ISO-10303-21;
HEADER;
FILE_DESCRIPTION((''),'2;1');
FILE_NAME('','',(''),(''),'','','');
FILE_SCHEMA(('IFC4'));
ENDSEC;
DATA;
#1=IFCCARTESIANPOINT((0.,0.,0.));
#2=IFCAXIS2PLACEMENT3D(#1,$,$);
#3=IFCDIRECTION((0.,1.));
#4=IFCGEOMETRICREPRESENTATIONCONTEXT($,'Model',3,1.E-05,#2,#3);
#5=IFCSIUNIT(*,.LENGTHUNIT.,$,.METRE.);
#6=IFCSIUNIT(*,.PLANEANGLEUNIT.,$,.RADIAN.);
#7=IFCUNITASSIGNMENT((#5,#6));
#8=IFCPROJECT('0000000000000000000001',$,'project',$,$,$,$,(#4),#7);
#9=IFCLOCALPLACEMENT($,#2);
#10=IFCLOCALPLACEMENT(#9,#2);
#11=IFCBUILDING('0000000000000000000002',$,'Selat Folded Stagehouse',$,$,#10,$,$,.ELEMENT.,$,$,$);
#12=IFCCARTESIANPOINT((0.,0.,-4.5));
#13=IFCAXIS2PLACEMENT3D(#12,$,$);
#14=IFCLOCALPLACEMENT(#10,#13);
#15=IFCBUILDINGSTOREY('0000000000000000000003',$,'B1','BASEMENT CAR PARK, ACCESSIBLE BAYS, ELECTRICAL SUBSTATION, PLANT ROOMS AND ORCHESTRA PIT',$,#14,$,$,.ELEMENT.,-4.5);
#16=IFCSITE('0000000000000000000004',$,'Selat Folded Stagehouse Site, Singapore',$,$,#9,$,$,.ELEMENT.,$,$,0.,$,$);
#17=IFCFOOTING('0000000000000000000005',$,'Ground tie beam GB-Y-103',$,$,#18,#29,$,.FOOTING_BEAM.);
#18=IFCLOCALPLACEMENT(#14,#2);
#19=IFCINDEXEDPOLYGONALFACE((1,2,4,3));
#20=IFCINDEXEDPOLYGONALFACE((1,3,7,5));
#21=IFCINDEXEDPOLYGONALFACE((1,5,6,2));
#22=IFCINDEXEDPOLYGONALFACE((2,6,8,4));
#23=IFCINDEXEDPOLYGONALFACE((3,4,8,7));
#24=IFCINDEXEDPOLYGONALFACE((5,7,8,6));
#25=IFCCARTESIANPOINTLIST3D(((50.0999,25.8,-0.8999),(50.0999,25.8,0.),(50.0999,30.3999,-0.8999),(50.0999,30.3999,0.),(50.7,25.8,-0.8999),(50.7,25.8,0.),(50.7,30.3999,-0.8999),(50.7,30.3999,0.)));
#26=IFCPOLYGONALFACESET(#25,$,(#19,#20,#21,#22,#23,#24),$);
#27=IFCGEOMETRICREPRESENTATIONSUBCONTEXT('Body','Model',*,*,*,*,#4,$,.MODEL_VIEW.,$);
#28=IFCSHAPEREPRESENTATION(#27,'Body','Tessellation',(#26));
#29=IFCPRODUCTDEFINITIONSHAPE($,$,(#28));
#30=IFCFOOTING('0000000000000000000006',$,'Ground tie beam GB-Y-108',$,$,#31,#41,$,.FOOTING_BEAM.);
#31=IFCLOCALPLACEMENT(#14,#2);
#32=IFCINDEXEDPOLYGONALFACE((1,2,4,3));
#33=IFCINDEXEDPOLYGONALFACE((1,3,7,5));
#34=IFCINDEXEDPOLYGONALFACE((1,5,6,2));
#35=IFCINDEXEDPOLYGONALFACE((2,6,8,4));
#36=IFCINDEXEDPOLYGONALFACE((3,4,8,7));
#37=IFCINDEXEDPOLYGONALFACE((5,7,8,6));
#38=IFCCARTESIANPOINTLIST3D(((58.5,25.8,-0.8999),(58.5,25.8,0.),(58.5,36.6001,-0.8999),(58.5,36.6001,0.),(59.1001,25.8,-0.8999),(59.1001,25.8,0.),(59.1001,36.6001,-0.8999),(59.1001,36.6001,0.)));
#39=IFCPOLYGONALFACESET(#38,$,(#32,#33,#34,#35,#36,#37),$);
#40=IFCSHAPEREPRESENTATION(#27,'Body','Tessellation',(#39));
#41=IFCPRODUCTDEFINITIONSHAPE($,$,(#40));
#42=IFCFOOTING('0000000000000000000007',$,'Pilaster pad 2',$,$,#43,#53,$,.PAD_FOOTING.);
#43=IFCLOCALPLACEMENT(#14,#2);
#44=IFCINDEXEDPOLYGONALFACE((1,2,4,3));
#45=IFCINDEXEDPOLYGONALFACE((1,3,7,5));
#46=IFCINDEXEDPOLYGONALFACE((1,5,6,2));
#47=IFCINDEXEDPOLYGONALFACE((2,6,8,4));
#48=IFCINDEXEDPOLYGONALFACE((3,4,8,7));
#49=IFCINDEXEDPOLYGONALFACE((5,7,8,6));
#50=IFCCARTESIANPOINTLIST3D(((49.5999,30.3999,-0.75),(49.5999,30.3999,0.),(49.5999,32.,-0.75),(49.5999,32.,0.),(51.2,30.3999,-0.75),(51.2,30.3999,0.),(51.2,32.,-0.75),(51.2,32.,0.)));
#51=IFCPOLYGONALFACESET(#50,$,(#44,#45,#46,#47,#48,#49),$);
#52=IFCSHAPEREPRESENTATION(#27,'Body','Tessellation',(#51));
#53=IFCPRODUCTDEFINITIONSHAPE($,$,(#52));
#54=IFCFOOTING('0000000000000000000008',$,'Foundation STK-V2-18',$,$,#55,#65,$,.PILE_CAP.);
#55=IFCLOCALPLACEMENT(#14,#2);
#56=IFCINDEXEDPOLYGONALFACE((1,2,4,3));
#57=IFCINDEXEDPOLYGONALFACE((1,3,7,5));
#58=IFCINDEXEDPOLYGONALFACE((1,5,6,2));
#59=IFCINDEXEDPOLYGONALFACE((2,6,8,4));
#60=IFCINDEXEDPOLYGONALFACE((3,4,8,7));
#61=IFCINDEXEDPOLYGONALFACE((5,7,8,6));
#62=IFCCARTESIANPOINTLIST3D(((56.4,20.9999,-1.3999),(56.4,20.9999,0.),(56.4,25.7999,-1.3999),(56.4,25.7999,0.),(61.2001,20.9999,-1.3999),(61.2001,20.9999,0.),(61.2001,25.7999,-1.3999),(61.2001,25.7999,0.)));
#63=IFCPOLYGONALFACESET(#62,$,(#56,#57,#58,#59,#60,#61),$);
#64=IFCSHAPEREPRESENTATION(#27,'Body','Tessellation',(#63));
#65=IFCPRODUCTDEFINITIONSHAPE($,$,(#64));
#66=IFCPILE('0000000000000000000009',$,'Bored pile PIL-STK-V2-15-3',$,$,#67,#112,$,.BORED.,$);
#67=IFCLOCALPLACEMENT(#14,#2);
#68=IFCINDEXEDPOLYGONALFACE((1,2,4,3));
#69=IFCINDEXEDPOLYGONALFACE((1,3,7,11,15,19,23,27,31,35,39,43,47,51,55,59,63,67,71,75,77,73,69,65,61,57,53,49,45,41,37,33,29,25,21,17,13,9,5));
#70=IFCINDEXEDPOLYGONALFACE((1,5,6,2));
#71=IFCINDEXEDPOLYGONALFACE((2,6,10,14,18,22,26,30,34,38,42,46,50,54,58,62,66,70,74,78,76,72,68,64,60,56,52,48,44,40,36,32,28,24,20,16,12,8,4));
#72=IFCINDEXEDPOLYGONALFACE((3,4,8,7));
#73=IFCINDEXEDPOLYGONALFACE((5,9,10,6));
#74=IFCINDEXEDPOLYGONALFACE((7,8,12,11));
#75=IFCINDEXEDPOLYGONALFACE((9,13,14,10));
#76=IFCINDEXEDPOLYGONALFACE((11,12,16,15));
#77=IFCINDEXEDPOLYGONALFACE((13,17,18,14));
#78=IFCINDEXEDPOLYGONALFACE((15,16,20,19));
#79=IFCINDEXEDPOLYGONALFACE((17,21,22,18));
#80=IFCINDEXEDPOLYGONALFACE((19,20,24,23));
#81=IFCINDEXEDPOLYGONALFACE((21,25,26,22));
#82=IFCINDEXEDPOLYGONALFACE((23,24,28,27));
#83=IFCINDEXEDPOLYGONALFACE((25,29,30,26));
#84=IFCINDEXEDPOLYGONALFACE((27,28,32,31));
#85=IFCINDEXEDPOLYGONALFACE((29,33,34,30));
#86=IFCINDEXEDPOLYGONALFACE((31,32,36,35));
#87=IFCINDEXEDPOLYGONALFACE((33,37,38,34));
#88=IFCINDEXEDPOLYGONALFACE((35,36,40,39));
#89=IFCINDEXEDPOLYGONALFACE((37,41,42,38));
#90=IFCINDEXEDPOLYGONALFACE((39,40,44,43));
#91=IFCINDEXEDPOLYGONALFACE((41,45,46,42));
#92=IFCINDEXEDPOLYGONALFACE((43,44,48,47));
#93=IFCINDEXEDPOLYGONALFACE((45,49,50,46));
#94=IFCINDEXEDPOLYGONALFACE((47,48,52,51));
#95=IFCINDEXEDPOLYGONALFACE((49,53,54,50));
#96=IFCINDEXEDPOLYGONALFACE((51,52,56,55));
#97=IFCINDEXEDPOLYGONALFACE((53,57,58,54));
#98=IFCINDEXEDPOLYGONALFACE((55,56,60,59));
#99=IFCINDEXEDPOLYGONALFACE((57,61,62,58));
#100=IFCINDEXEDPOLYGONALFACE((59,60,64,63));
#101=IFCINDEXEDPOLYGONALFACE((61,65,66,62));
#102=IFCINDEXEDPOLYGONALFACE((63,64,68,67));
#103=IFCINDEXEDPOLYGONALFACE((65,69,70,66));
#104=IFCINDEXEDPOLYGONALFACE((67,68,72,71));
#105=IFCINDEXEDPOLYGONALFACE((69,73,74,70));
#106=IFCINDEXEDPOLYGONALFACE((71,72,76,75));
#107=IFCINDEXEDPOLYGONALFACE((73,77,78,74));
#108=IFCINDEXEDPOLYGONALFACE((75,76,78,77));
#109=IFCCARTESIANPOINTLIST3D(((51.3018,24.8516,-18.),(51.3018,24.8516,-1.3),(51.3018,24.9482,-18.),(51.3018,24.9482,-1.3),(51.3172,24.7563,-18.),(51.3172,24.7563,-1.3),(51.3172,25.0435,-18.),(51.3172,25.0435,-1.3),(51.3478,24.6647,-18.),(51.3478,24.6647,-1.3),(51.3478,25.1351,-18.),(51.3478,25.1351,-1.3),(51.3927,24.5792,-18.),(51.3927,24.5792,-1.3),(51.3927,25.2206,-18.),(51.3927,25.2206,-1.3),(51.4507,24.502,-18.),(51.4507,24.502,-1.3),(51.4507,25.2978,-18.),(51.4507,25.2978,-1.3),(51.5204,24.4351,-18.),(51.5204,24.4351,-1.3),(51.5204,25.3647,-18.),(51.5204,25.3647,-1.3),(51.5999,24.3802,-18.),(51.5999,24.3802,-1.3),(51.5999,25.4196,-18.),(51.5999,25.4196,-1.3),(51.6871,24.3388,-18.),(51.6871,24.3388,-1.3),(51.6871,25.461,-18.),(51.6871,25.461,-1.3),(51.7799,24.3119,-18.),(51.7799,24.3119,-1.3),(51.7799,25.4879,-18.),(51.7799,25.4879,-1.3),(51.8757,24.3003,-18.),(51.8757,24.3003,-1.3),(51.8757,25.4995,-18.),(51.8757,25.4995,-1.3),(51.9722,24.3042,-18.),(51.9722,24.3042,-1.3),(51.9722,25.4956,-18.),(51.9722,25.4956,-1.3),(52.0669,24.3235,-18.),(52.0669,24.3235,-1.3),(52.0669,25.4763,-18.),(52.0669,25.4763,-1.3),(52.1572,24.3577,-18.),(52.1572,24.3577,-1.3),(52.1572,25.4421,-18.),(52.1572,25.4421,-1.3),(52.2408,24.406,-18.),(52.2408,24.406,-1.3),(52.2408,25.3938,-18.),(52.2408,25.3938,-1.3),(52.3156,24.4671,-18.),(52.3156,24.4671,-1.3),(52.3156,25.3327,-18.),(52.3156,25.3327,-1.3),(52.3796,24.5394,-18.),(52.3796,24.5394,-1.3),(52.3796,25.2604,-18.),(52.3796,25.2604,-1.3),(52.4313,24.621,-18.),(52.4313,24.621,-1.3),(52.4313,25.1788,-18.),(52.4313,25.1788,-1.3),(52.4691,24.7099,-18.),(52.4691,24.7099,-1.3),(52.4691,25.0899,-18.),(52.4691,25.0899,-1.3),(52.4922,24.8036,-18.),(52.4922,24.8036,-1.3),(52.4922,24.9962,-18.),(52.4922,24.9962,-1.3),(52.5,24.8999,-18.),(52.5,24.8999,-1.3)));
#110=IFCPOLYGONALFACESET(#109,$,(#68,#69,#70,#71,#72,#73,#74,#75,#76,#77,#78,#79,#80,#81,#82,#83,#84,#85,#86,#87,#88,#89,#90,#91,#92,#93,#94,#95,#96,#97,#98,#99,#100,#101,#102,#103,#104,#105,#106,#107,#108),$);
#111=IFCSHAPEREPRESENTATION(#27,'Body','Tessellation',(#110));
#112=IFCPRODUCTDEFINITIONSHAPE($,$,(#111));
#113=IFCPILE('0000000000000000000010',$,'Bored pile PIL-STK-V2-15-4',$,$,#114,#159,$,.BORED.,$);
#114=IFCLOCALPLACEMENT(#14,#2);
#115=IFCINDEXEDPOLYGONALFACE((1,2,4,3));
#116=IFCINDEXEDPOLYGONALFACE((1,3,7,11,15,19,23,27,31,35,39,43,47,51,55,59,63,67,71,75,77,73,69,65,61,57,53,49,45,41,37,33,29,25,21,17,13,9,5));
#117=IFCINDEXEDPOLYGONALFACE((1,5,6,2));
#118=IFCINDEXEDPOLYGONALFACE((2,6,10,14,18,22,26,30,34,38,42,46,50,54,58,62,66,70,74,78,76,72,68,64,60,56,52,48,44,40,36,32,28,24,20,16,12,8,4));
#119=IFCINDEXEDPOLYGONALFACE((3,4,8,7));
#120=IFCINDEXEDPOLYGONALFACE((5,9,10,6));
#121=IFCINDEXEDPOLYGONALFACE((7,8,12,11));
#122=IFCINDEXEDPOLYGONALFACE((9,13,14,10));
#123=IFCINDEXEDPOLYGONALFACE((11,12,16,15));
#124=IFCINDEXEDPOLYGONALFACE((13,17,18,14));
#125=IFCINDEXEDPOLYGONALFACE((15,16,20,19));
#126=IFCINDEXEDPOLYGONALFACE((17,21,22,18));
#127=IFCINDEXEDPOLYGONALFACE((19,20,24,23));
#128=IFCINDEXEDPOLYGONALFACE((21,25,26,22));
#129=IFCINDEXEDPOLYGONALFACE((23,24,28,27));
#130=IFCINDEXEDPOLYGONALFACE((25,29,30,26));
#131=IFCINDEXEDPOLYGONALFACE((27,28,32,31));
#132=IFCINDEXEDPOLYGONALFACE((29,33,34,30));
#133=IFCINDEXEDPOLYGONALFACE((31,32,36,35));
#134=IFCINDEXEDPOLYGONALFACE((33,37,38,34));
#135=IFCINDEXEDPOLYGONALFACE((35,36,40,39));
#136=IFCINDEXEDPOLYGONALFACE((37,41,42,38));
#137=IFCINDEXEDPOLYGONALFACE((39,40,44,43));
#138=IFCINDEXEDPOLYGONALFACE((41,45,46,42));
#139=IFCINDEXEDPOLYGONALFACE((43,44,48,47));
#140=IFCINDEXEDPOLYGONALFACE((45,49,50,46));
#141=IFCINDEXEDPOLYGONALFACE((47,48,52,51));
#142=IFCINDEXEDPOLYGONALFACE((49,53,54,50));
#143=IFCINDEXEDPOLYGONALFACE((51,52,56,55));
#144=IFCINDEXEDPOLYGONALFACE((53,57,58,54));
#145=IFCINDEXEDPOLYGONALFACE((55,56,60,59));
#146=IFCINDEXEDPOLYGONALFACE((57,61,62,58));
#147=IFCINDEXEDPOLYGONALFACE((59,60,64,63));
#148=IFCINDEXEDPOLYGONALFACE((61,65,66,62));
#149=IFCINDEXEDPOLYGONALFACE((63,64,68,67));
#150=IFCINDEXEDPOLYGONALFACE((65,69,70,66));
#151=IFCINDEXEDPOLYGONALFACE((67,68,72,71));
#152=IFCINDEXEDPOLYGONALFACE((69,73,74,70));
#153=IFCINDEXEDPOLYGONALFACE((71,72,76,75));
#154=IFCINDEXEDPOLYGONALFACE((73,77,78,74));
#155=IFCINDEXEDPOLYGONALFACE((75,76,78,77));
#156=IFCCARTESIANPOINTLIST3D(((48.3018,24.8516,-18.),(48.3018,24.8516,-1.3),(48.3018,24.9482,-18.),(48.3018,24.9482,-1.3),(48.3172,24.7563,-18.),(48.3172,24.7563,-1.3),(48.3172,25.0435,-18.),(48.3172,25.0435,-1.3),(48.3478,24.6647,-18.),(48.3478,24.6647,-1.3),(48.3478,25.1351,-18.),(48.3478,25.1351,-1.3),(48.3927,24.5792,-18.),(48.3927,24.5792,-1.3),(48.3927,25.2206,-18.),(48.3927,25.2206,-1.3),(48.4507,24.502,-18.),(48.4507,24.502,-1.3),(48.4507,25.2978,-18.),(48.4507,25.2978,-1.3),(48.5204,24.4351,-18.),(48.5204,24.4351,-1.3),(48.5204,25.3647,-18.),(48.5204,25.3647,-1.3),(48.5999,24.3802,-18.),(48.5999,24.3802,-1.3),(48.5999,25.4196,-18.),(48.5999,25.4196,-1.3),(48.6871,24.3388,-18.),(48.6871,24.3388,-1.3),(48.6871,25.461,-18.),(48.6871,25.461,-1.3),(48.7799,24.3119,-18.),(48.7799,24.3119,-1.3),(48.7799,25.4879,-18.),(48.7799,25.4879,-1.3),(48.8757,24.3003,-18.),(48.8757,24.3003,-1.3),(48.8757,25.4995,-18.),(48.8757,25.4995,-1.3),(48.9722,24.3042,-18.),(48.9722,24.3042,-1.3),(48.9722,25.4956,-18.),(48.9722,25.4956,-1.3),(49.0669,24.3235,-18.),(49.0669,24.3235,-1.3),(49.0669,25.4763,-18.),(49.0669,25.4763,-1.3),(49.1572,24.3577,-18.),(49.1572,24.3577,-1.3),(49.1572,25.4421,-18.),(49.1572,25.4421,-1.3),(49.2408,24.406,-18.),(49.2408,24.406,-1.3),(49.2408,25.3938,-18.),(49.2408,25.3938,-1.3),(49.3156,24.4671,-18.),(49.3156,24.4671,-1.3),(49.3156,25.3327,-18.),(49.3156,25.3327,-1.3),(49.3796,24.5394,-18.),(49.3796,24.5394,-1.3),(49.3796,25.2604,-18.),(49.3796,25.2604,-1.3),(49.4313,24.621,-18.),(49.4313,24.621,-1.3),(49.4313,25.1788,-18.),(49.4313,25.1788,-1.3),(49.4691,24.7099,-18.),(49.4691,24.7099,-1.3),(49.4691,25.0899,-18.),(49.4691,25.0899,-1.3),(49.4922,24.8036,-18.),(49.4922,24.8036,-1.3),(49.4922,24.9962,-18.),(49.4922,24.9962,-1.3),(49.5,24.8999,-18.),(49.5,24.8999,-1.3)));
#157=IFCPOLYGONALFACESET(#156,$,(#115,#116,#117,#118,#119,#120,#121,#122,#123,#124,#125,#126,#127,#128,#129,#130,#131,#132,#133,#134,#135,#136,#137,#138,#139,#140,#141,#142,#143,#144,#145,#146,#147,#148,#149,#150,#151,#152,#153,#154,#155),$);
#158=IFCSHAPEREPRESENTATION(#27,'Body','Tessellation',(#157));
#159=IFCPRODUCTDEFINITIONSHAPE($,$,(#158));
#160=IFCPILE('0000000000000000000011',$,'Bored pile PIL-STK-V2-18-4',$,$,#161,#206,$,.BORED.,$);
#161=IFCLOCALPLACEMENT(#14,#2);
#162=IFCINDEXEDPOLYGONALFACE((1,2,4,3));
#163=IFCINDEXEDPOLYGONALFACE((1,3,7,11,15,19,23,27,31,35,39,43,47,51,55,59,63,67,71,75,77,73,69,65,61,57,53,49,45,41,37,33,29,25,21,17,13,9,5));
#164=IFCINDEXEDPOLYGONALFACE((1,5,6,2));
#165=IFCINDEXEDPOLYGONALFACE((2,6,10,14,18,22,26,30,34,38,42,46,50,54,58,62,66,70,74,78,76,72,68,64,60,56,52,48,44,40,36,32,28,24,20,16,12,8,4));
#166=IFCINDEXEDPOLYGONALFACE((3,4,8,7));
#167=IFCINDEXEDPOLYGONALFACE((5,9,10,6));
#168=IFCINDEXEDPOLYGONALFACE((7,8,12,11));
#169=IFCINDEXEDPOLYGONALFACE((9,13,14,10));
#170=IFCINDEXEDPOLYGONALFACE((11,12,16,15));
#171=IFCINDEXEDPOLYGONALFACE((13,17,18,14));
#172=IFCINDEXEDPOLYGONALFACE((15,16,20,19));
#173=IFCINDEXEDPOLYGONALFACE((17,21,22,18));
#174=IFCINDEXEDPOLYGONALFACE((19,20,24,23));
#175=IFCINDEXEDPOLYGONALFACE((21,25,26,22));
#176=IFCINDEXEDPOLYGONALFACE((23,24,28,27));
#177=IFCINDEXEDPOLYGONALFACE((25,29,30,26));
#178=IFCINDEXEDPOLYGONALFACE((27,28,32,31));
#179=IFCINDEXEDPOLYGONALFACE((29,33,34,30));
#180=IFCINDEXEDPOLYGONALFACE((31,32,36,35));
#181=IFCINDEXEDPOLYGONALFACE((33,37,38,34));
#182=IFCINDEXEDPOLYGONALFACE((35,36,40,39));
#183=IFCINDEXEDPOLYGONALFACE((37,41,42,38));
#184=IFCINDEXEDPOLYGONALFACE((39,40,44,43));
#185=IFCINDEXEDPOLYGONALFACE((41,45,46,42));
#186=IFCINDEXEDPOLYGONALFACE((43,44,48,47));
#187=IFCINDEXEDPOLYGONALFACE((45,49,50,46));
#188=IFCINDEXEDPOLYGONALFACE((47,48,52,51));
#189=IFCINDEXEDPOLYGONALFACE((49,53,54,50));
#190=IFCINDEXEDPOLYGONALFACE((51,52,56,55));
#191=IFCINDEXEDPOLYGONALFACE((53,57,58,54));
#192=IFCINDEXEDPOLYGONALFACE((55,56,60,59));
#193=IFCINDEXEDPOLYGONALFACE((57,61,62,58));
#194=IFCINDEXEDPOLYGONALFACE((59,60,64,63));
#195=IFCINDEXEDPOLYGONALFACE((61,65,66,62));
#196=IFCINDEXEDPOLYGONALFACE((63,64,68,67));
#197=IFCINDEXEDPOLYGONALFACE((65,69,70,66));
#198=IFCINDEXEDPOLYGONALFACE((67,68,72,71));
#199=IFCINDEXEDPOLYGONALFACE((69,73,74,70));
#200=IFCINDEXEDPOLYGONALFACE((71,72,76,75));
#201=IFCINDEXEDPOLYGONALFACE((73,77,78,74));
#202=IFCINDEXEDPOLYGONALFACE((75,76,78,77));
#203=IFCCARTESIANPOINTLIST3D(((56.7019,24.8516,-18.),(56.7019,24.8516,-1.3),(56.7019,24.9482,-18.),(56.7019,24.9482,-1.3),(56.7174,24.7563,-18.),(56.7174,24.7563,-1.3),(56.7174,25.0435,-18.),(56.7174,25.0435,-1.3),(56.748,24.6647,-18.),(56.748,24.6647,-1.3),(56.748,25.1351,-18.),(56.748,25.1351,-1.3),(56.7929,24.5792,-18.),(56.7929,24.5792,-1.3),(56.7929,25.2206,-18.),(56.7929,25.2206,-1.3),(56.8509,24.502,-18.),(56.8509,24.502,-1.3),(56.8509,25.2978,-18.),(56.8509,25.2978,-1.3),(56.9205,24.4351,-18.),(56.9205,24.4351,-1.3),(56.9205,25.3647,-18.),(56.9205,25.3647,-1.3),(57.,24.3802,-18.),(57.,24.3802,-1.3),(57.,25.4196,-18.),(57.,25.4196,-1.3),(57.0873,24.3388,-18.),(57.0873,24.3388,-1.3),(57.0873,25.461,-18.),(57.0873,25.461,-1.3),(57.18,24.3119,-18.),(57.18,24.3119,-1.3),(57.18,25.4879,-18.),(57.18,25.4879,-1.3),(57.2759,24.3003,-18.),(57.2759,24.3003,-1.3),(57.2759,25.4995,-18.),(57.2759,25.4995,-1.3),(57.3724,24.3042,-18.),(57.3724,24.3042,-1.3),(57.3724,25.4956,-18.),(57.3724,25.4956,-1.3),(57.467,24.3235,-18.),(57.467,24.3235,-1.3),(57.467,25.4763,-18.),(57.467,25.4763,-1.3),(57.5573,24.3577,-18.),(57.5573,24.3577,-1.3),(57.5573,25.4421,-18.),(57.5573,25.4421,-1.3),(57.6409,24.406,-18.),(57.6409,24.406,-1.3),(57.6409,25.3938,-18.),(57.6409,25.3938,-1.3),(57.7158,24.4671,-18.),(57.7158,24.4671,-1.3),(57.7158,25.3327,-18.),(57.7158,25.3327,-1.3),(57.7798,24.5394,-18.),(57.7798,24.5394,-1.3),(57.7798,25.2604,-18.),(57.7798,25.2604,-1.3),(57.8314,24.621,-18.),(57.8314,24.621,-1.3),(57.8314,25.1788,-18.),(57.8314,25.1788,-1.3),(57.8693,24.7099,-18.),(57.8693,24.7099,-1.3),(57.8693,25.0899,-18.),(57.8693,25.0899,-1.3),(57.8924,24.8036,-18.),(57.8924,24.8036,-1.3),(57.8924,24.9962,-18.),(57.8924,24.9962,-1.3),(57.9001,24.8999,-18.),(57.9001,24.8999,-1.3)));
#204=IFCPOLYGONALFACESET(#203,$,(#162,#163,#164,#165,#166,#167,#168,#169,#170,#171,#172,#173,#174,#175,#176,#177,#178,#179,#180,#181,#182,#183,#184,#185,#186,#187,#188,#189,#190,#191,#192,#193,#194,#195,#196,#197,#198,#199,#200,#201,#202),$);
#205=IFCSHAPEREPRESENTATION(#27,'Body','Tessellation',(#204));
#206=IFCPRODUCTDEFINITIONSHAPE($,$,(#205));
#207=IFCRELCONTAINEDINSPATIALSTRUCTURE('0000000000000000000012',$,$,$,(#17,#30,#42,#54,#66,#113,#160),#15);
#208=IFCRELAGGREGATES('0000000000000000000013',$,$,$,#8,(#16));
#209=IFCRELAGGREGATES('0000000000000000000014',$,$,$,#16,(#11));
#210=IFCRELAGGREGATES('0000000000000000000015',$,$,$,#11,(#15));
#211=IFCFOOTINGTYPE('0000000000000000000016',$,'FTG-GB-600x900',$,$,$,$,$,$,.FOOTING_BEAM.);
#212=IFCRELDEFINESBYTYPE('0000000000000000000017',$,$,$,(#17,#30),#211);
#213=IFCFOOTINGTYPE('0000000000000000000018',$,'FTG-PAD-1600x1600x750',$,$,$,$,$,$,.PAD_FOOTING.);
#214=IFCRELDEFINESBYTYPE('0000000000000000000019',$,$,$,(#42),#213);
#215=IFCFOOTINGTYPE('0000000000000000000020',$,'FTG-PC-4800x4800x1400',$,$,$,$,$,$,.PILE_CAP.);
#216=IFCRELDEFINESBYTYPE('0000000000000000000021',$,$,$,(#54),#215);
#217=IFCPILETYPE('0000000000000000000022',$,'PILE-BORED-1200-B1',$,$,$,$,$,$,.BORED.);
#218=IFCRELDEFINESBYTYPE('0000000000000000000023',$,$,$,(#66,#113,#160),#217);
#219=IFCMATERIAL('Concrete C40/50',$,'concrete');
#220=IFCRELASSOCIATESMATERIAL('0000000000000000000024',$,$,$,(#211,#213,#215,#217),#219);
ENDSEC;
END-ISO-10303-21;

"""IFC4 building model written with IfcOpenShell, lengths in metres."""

from ifc_helpers import new_model, si_unit, direction, frame, origin, origin_2d, place, context, subcontext, project, spatial, rectangle, circle, extrude, material, material_profile, profile_set, type_object, element, save


model = new_model("IFC4")

# Units and contexts
model_context = context("Model", 3, precision=1e-05, world=origin(), true_north=direction((0.0, 1.0)))
body_context = subcontext(model_context, "Body", "Model", "MODEL_VIEW")
ifc_project = project(units=[si_unit("LENGTHUNIT", "METRE"), si_unit("PLANEANGLEUNIT", "RADIAN")], contexts=[model_context])

# Site, building, storey
site_placement = place(None, origin())
site = spatial("IfcSite", under=ifc_project, at=site_placement, Name="Selat Folded Stagehouse Site, Singapore", CompositionType="ELEMENT", RefElevation=0.0)
building_placement = place(site_placement, origin())
building = spatial("IfcBuilding", under=site, at=building_placement, Name="Selat Folded Stagehouse", CompositionType="ELEMENT")
storey_placement = place(building_placement, frame((0.0, 0.0, -4.5)))
storey = spatial("IfcBuildingStorey", under=building, at=storey_placement, Name="B1", Description="BASEMENT CAR PARK, ACCESSIBLE BAYS, ELECTRICAL SUBSTATION, PLANT ROOMS AND ORCHESTRA PIT", CompositionType="ELEMENT", Elevation=-4.5)

# Footings
ifc_material_1 = material(Name="Concrete C40/50", Category="concrete")
ifc_material_profile_1 = material_profile(ifc_material_1, rectangle(XDim=0.6001, YDim=0.8999, at=origin_2d()), Name="RC 900x600")
ifc_profile_set_1 = profile_set([ifc_material_profile_1], Name="Concrete C40/50")
footing_type_1 = type_object("IfcFootingType", Name="FTG-GB-600x900", PredefinedType="FOOTING_BEAM", material=ifc_profile_set_1)
footing_1_placement = place(storey_placement, frame((50.3999, 25.8, -0.45), z_axis=(0.0, 1.0, 0.0), x_axis=(-1.0, 0.0, 0.0)))
element("IfcFooting", 1, at=footing_1_placement, inside=storey, type_object=footing_type_1, Name="Ground tie beam GB-Y-103", PredefinedType="FOOTING_BEAM", context=body_context, shape_type="SweptSolid", body=[
    extrude(rectangle(XDim=0.6001, YDim=0.8999, at=origin_2d()), origin(), (0.0, 0.0, 1.0), 4.5999),
])
footing_2_placement = place(storey_placement, frame((58.8, 25.8, -0.45), z_axis=(0.0, 1.0, 0.0), x_axis=(-1.0, 0.0, 0.0)))
element("IfcFooting", 2, at=footing_2_placement, inside=storey, type_object=footing_type_1, Name="Ground tie beam GB-Y-108", PredefinedType="FOOTING_BEAM", context=body_context, shape_type="SweptSolid", body=[
    extrude(rectangle(XDim=0.6001, YDim=0.8999, at=origin_2d()), origin(), (0.0, 0.0, 1.0), 10.8),
])
footing_type_2 = type_object("IfcFootingType", Name="FTG-PAD-1600x1600x750", PredefinedType="PAD_FOOTING", material=ifc_material_1)
footing_3_placement = place(storey_placement, frame((50.3999, 31.2, -0.75), z_axis=(0.0, 0.0, 1.0), x_axis=(1.0, 0.0, 0.0)))
element("IfcFooting", 3, at=footing_3_placement, inside=storey, type_object=footing_type_2, Name="Pilaster pad 2", PredefinedType="PAD_FOOTING", context=body_context, shape_type="SweptSolid", body=[
    extrude(rectangle(XDim=1.6001, YDim=1.6001, at=origin_2d()), origin(), (0.0, 0.0, 1.0), 0.75),
])
footing_type_3 = type_object("IfcFootingType", Name="FTG-PC-4800x4800x1400", PredefinedType="PILE_CAP", material=ifc_material_1)
footing_4_placement = place(storey_placement, frame((58.8, 23.3999, -1.3999), z_axis=(0.0, 0.0, 1.0), x_axis=(1.0, 0.0, 0.0)))
element("IfcFooting", 4, at=footing_4_placement, inside=storey, type_object=footing_type_3, Name="Foundation STK-V2-18", PredefinedType="PILE_CAP", context=body_context, shape_type="SweptSolid", body=[
    extrude(rectangle(XDim=4.8, YDim=4.8, at=origin_2d()), origin(), (0.0, 0.0, 1.0), 1.3999),
])

# Piles
ifc_material_profile_2 = material_profile(ifc_material_1, circle(Radius=0.6001, at=origin_2d()), Name="PILE D1200")
ifc_profile_set_2 = profile_set([ifc_material_profile_2], Name="Concrete C40/50")
pile_type = type_object("IfcPileType", Name="PILE-BORED-1200-B1", PredefinedType="BORED", material=ifc_profile_set_2)
for number, where, z_axis, x_axis, name in (
    (5, (51.8999, 24.8999, -1.3), (0.0, 0.0, -1.0), (1.0, 0.0, 0.0), "Bored pile PIL-STK-V2-15-3"),
    (6, (48.8999, 24.8999, -1.3), (0.0, 0.0, -1.0), (1.0, 0.0, 0.0), "Bored pile PIL-STK-V2-15-4"),
    (7, (57.3, 24.8999, -1.3), (0.0, 0.0, -1.0), (1.0, 0.0, 0.0), "Bored pile PIL-STK-V2-18-4"),
):
    element("IfcPile", number, at=place(storey_placement, frame(where, z_axis=z_axis, x_axis=x_axis)), inside=storey, type_object=pile_type, Name=name, PredefinedType="BORED", context=body_context, shape_type="SweptSolid", body=[
        extrude(circle(Radius=0.6001, at=origin_2d()), origin(), (0.0, 0.0, 1.0), 16.7),
    ])

save(model, "model.ifc")
